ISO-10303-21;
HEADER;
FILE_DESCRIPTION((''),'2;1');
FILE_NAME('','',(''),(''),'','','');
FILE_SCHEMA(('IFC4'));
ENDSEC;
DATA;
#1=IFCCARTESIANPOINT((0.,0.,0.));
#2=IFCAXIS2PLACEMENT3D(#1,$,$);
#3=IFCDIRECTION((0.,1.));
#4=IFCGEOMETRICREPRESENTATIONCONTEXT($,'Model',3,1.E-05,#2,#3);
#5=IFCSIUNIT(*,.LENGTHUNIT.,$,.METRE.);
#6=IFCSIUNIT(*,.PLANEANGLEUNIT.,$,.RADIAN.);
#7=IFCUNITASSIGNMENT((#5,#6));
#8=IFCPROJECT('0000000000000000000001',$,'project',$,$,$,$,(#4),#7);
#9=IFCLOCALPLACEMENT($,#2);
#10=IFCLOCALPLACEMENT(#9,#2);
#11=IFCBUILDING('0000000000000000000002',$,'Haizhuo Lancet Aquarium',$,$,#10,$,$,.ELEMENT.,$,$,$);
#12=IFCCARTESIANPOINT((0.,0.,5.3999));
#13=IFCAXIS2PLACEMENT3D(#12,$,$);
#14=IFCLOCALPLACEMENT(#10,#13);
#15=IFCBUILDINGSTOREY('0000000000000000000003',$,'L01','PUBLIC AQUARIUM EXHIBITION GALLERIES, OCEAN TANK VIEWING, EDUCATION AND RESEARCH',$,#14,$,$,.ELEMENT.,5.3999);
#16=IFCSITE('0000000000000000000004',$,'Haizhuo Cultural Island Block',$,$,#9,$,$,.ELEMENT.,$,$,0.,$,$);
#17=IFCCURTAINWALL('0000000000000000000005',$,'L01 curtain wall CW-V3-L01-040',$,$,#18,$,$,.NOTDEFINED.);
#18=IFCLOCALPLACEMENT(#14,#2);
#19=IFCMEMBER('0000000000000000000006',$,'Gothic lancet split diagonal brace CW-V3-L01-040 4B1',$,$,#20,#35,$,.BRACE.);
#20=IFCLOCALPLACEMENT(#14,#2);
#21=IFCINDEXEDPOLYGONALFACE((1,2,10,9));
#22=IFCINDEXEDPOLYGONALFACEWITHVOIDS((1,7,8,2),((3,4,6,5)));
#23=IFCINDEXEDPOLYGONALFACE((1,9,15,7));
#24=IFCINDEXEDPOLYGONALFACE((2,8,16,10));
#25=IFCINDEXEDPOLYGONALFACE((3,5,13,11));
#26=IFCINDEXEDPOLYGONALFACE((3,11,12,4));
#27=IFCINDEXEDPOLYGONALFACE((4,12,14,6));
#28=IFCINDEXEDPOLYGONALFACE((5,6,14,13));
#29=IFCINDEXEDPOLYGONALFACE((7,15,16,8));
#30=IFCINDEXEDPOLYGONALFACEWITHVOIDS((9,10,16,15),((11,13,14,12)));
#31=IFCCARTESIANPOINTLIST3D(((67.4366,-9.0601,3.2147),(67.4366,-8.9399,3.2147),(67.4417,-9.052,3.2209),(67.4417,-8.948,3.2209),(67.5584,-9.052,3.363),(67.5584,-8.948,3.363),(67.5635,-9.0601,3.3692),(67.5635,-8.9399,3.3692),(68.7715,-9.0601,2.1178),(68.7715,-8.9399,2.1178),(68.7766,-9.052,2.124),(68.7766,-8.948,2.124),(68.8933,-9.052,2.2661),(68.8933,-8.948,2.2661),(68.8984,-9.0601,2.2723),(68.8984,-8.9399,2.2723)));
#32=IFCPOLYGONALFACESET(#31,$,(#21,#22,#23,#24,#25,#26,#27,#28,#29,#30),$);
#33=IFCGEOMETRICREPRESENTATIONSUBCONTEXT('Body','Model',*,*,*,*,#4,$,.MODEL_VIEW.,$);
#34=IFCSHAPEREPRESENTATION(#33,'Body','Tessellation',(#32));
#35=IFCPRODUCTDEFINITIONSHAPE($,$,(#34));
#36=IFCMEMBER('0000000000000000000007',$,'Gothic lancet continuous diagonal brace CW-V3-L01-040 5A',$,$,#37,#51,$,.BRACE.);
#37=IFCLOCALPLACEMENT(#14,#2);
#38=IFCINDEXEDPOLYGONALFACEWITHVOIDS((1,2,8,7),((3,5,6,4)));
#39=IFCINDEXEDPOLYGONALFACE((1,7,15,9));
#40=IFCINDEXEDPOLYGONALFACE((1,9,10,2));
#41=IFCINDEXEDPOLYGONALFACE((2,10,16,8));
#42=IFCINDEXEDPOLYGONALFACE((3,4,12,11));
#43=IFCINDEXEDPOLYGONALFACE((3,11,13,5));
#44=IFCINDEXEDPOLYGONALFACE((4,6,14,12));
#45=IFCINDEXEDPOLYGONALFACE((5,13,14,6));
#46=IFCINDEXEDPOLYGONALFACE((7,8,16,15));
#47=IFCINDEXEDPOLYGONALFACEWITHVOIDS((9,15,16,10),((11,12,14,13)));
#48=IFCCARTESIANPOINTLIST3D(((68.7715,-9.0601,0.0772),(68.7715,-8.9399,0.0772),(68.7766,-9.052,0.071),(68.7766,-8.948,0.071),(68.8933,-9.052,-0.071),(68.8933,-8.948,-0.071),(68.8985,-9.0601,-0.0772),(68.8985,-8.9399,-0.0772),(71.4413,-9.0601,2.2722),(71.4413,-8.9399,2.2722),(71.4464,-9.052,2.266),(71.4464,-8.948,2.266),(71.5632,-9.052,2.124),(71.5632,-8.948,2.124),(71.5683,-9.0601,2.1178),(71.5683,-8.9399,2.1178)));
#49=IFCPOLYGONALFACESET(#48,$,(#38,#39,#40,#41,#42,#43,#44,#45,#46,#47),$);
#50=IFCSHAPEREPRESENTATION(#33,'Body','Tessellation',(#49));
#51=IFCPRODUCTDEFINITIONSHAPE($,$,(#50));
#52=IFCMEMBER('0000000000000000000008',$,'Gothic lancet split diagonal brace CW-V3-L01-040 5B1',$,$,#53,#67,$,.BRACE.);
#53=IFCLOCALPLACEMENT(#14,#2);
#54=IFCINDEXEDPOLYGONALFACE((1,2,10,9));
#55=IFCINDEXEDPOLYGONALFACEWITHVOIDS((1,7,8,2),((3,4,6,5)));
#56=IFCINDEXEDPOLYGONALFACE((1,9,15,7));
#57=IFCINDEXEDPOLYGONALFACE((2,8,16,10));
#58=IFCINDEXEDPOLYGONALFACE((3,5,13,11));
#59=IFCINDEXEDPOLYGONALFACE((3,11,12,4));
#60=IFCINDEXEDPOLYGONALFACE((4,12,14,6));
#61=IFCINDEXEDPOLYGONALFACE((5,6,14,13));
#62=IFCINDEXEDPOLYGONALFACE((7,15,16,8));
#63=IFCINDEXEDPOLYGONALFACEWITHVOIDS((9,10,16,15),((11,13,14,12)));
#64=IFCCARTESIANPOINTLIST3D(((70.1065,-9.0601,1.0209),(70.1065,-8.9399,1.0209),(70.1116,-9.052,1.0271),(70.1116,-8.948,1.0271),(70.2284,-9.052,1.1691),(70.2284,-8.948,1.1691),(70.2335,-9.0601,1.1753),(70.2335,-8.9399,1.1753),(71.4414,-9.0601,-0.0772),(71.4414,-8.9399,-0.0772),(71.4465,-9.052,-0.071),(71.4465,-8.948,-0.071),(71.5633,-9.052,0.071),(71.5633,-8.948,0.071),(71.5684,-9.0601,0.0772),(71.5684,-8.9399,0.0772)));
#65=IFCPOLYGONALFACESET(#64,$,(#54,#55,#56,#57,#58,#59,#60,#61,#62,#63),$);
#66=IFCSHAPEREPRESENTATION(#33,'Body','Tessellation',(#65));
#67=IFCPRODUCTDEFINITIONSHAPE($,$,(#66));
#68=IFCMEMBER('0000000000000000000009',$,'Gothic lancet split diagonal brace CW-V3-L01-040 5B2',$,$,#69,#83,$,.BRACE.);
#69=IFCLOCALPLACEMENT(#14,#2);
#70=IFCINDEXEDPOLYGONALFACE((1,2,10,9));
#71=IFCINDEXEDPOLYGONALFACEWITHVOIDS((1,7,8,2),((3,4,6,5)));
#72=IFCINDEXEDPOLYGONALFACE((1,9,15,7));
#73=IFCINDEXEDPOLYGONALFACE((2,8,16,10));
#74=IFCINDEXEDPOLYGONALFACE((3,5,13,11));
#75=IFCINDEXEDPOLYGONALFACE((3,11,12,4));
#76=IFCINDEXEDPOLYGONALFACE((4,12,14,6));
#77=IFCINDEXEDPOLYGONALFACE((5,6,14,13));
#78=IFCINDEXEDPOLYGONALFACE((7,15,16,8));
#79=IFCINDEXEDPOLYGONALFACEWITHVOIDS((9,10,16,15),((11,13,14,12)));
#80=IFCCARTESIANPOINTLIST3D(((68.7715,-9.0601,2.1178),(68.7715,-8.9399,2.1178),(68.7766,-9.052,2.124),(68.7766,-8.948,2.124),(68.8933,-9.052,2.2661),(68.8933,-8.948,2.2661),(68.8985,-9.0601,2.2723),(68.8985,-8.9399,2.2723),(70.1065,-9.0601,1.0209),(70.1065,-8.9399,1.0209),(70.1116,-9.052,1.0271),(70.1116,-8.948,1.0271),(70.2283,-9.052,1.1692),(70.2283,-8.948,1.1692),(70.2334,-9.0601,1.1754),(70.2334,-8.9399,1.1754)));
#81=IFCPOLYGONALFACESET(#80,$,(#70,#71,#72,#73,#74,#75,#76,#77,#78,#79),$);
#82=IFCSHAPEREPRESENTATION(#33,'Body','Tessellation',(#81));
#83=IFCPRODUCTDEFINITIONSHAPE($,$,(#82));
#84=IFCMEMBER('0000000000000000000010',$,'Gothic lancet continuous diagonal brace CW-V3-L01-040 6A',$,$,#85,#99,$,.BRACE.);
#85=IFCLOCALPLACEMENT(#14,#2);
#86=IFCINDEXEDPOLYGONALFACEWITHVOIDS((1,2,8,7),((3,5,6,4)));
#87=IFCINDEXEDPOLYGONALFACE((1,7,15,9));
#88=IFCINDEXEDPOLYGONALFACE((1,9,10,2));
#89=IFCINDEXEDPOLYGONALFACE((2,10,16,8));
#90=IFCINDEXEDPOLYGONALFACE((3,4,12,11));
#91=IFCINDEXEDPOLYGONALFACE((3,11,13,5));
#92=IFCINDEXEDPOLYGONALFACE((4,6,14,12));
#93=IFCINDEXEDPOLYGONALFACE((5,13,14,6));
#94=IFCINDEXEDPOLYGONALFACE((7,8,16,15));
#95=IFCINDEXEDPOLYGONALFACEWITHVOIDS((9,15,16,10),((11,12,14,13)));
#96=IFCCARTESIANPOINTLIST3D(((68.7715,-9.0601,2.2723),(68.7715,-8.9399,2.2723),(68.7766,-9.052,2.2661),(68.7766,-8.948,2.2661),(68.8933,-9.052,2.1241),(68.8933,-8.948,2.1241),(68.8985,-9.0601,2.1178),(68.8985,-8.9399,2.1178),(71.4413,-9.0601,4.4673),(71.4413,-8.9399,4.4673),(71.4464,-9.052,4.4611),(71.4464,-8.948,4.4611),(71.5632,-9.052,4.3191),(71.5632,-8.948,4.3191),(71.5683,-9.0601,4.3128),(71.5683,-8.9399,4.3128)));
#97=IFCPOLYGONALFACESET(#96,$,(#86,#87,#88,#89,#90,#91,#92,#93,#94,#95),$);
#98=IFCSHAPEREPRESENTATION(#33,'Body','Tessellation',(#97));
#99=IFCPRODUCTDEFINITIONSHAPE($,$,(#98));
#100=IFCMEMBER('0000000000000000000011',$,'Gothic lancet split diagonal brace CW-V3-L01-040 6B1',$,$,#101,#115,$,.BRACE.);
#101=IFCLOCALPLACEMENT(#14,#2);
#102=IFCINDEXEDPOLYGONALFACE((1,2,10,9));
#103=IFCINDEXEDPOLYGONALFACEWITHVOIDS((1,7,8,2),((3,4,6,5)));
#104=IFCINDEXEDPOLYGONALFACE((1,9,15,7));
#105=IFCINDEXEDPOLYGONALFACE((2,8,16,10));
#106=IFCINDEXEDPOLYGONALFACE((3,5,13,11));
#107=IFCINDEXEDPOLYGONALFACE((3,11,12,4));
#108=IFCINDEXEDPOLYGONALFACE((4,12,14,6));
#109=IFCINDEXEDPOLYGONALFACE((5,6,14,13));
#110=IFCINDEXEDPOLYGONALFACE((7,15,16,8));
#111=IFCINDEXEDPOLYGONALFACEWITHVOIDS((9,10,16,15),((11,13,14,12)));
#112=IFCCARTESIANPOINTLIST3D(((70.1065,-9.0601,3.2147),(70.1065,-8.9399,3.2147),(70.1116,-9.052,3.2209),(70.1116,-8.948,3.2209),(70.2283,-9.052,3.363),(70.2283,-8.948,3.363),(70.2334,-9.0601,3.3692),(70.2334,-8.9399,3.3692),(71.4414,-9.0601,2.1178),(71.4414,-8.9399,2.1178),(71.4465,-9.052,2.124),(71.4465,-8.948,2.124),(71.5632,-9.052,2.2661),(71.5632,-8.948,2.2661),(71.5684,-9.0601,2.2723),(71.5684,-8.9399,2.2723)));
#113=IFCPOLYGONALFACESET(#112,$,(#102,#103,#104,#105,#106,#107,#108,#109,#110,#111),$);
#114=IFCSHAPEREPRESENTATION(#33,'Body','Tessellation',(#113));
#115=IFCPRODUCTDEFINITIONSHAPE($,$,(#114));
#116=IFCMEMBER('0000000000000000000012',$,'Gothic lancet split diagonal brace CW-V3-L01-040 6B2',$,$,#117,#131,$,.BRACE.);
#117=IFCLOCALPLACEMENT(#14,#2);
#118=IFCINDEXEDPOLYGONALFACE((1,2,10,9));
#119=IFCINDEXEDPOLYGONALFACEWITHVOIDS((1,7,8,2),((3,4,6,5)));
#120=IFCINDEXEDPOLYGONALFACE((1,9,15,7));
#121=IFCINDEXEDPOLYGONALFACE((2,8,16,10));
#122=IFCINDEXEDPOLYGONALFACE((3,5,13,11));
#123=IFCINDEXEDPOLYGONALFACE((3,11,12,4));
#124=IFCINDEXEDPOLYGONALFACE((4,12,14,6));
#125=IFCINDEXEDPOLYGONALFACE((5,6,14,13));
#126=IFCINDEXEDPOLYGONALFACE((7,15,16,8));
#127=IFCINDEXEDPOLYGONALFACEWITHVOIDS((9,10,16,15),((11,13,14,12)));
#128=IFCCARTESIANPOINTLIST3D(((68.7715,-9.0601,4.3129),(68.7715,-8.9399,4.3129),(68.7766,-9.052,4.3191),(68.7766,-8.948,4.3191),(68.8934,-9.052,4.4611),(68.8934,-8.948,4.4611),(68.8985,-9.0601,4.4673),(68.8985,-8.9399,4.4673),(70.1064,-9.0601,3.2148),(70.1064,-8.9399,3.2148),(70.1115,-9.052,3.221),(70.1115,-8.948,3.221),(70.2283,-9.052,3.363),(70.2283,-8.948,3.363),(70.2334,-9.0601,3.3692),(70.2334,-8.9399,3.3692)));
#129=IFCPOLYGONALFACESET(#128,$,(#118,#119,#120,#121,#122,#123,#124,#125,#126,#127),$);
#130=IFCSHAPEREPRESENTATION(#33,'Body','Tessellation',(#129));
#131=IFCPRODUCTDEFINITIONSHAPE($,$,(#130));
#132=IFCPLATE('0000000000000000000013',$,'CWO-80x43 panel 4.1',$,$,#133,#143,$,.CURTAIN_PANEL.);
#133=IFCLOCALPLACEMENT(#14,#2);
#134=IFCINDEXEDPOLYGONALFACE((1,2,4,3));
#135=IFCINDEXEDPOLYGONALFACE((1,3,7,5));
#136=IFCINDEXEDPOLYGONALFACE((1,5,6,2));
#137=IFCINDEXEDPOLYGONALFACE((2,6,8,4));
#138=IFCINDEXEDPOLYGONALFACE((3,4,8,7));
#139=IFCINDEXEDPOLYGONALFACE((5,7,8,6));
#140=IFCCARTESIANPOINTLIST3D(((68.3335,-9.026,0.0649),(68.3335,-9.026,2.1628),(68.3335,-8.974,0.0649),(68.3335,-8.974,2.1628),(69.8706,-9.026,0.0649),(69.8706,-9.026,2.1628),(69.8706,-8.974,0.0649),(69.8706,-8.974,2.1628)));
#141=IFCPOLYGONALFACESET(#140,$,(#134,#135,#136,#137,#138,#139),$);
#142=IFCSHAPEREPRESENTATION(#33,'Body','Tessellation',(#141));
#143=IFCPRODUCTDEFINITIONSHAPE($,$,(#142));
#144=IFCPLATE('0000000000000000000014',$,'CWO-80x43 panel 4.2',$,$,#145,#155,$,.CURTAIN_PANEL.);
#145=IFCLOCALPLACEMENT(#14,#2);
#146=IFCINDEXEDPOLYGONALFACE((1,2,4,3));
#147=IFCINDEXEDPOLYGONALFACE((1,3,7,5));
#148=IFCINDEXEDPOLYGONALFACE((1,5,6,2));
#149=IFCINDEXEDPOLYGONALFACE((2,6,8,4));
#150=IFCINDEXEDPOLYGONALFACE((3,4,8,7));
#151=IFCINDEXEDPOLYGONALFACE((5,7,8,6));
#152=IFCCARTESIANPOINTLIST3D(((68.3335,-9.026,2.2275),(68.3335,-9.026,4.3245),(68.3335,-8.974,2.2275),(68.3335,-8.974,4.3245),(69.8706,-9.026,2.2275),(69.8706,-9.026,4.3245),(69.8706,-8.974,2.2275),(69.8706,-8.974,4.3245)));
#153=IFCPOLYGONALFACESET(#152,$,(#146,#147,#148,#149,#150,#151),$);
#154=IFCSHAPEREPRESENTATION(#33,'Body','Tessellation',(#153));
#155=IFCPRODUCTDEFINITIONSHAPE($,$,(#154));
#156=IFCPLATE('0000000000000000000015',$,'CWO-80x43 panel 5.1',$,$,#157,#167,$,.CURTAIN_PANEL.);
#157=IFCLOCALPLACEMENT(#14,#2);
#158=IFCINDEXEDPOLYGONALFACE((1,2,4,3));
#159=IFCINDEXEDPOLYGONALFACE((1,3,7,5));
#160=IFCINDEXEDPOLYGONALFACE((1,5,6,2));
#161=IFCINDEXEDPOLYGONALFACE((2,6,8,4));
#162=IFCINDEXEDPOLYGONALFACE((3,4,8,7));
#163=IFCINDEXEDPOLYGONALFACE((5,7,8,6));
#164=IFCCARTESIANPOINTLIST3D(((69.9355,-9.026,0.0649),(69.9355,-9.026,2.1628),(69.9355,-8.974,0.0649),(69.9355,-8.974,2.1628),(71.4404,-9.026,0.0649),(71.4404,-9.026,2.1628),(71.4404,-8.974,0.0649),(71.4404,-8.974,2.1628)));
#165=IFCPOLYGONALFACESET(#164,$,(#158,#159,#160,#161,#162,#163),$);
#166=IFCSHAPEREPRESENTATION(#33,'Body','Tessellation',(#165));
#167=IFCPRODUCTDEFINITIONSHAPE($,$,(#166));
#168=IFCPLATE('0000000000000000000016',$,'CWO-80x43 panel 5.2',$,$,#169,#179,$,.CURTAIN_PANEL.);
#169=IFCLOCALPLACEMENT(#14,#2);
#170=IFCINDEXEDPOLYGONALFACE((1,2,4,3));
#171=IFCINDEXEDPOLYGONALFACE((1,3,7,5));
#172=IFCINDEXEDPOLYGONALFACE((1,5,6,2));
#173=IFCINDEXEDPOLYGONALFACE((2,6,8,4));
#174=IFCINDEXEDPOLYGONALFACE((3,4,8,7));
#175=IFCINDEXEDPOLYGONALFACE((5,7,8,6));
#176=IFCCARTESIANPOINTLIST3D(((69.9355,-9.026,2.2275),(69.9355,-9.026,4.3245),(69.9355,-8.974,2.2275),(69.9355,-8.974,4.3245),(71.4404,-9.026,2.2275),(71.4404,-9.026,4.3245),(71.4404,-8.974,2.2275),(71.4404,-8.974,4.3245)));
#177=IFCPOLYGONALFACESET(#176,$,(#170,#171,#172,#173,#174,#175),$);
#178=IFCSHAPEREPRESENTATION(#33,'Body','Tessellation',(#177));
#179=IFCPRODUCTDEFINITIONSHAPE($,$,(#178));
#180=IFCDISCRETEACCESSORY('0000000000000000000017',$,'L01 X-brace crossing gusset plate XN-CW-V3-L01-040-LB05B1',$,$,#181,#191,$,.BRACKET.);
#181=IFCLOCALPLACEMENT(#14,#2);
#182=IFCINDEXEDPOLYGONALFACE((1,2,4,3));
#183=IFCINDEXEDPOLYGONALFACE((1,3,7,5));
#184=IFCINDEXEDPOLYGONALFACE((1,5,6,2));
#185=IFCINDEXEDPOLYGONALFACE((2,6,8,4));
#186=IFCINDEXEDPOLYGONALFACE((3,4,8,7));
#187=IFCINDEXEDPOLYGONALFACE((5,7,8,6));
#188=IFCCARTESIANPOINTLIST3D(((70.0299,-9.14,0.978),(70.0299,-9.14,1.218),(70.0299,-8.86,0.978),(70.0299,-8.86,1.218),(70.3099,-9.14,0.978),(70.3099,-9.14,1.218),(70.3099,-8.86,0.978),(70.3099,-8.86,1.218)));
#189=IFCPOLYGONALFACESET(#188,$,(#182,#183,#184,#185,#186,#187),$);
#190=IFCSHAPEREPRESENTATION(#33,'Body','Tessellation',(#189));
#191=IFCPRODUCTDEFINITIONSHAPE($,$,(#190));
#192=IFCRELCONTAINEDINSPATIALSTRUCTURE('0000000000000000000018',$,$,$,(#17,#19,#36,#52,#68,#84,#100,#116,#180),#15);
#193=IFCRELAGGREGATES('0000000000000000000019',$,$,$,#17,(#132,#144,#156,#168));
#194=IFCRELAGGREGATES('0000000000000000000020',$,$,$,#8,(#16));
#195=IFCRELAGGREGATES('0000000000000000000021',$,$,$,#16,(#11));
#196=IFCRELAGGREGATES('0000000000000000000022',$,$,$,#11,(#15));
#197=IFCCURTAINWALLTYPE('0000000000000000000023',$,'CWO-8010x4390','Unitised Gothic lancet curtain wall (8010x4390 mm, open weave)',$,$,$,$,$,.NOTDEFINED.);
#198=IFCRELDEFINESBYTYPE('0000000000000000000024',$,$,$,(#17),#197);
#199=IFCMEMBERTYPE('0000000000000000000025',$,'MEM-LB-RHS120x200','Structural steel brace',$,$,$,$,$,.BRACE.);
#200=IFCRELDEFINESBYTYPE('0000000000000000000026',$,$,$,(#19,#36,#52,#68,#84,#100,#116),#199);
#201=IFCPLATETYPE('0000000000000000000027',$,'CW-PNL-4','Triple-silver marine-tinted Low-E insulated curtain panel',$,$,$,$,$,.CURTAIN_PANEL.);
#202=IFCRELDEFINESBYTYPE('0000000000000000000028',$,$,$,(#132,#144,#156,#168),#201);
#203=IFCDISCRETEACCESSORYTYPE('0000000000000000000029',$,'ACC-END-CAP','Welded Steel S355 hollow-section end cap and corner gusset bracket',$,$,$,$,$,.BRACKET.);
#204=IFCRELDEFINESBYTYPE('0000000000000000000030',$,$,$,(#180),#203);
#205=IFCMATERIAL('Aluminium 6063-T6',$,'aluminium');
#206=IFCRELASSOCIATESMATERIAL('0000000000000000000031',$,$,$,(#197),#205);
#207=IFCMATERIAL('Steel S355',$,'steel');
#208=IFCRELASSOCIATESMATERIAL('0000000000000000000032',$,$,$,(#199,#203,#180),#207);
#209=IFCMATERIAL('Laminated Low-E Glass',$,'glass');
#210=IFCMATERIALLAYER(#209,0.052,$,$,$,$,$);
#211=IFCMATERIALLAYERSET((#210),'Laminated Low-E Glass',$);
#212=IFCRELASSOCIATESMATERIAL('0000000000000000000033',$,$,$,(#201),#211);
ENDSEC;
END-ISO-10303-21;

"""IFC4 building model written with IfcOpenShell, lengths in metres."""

from ifc_helpers import new_model, si_unit, direction, frame, origin, origin_2d, place, context, subcontext, project, spatial, rectangle, hollow_rectangle, extrude, material, layer, layer_set, material_profile, profile_set, type_object, element, aggregate, save


model = new_model("IFC4")

# Units and contexts
model_context = context("Model", 3, precision=1e-05, world=origin(), true_north=direction((0.0, 1.0)))
body_context = subcontext(model_context, "Body", "Model", "MODEL_VIEW")
ifc_project = project(units=[si_unit("LENGTHUNIT", "METRE"), si_unit("PLANEANGLEUNIT", "RADIAN")], contexts=[model_context])

# Site, building, storey
site_placement = place(None, origin())
site = spatial("IfcSite", under=ifc_project, at=site_placement, Name="Haizhuo Cultural Island Block", CompositionType="ELEMENT", RefElevation=0.0)
building_placement = place(site_placement, origin())
building = spatial("IfcBuilding", under=site, at=building_placement, Name="Haizhuo Lancet Aquarium", CompositionType="ELEMENT")
storey_placement = place(building_placement, frame((0.0, 0.0, 5.3999)))
storey = spatial("IfcBuildingStorey", under=building, at=storey_placement, Name="L01", Description="PUBLIC AQUARIUM EXHIBITION GALLERIES, OCEAN TANK VIEWING, EDUCATION AND RESEARCH", CompositionType="ELEMENT", Elevation=5.3999)

# Curtain wall
ifc_material_1 = material(Name="Aluminium 6063-T6", Category="aluminium")
curtain_wall_type = type_object("IfcCurtainWallType", Name="CWO-8010x4390", Description="Unitised Gothic lancet curtain wall (8010x4390 mm, open weave)", PredefinedType="NOTDEFINED", material=ifc_material_1)
curtain_wall_placement = place(storey_placement, origin())
curtain_wall = element("IfcCurtainWall", 1, at=curtain_wall_placement, inside=storey, type_object=curtain_wall_type, Name="L01 curtain wall CW-V3-L01-040", PredefinedType="NOTDEFINED")

# Members
ifc_material_2 = material(Name="Steel S355", Category="steel")
ifc_material_profile_1 = material_profile(ifc_material_2, hollow_rectangle(XDim=0.1201, YDim=0.2, WallThickness=0.0081, at=origin_2d()), Name="RHS 120x200x8")
ifc_profile_set_1 = profile_set([ifc_material_profile_1], Name="Steel S355")
member_type_1 = type_object("IfcMemberType", Name="MEM-LB-RHS120x200", Description="Structural steel brace", PredefinedType="BRACE", material=ifc_profile_set_1)
member_1_placement = place(storey_placement, frame((68.835, -9.0, 2.1951), z_axis=(-0.772627, 0.0, 0.63486), x_axis=(0.0, -1.0, 0.0)))
element("IfcMember", 2, at=member_1_placement, inside=storey, type_object=member_type_1, Name="Gothic lancet split diagonal brace CW-V3-L01-040 4B1", PredefinedType="BRACE", context=body_context, shape_type="SweptSolid", body=[
    extrude(hollow_rectangle(XDim=0.1201, YDim=0.2, WallThickness=0.0081, at=origin_2d()), origin(), (0.0, 0.0, 1.0), 1.7278),
])
member_2_placement = place(storey_placement, frame((68.835, -9.0, 0.0), z_axis=(0.772454, 0.0, 0.635071), x_axis=(0.0, 1.0, 0.0)))
element("IfcMember", 3, at=member_2_placement, inside=storey, type_object=member_type_1, Name="Gothic lancet continuous diagonal brace CW-V3-L01-040 5A", PredefinedType="BRACE", context=body_context, shape_type="SweptSolid", body=[
    extrude(hollow_rectangle(XDim=0.1201, YDim=0.2, WallThickness=0.0081, at=origin_2d()), origin(), (0.0, 0.0, 1.0), 3.4563),
])
member_3_placement = place(storey_placement, frame((71.5049, -9.0, 0.0), z_axis=(-0.772281, 0.0, 0.635281), x_axis=(0.0, -1.0, 0.0)))
element("IfcMember", 4, at=member_3_placement, inside=storey, type_object=member_type_1, Name="Gothic lancet split diagonal brace CW-V3-L01-040 5B1", PredefinedType="BRACE", context=body_context, shape_type="SweptSolid", body=[
    extrude(hollow_rectangle(XDim=0.1201, YDim=0.2, WallThickness=0.0081, at=origin_2d()), origin(), (0.0, 0.0, 1.0), 1.7285),
])
member_4_placement = place(storey_placement, frame((70.1699, -9.0, 1.0981), z_axis=(-0.772627, 0.0, 0.63486), x_axis=(0.0, -1.0, 0.0)))
element("IfcMember", 5, at=member_4_placement, inside=storey, type_object=member_type_1, Name="Gothic lancet split diagonal brace CW-V3-L01-040 5B2", PredefinedType="BRACE", context=body_context, shape_type="SweptSolid", body=[
    extrude(hollow_rectangle(XDim=0.1201, YDim=0.2, WallThickness=0.0081, at=origin_2d()), origin(), (0.0, 0.0, 1.0), 1.7278),
])
member_5_placement = place(storey_placement, frame((68.835, -9.0, 2.1951), z_axis=(0.772454, 0.0, 0.635071), x_axis=(0.0, 1.0, 0.0)))
element("IfcMember", 6, at=member_5_placement, inside=storey, type_object=member_type_1, Name="Gothic lancet continuous diagonal brace CW-V3-L01-040 6A", PredefinedType="BRACE", context=body_context, shape_type="SweptSolid", body=[
    extrude(hollow_rectangle(XDim=0.1201, YDim=0.2, WallThickness=0.0081, at=origin_2d()), origin(), (0.0, 0.0, 1.0), 3.4563),
])
member_6_placement = place(storey_placement, frame((71.5049, -9.0, 2.1951), z_axis=(-0.772627, 0.0, 0.63486), x_axis=(0.0, -1.0, 0.0)))
element("IfcMember", 7, at=member_6_placement, inside=storey, type_object=member_type_1, Name="Gothic lancet split diagonal brace CW-V3-L01-040 6B1", PredefinedType="BRACE", context=body_context, shape_type="SweptSolid", body=[
    extrude(hollow_rectangle(XDim=0.1201, YDim=0.2, WallThickness=0.0081, at=origin_2d()), origin(), (0.0, 0.0, 1.0), 1.7278),
])
member_7_placement = place(storey_placement, frame((70.1699, -9.0, 3.292), z_axis=(-0.772281, 0.0, 0.635281), x_axis=(0.0, -1.0, 0.0)))
element("IfcMember", 8, at=member_7_placement, inside=storey, type_object=member_type_1, Name="Gothic lancet split diagonal brace CW-V3-L01-040 6B2", PredefinedType="BRACE", context=body_context, shape_type="SweptSolid", body=[
    extrude(hollow_rectangle(XDim=0.1201, YDim=0.2, WallThickness=0.0081, at=origin_2d()), origin(), (0.0, 0.0, 1.0), 1.7285),
])

# Plates
ifc_material_3 = material(Name="Laminated Low-E Glass", Category="glass")
ifc_layer = layer(ifc_material_3, 0.052)
ifc_layer_set = layer_set([ifc_layer], Name="Laminated Low-E Glass")
plate_type = type_object("IfcPlateType", Name="CW-PNL-4", Description="Triple-silver marine-tinted Low-E insulated curtain panel", PredefinedType="CURTAIN_PANEL", material=ifc_layer_set)
plate_1_placement = place(storey_placement, frame((69.1021, -9.0, 0.0649), z_axis=(0.0, 0.0, 1.0), x_axis=(1.0, 0.0, 0.0)))
plate_1 = element("IfcPlate", 9, at=plate_1_placement, type_object=plate_type, Name="CWO-80x43 panel 4.1", PredefinedType="CURTAIN_PANEL", context=body_context, shape_type="SweptSolid", body=[
    extrude(rectangle(XDim=1.5371, YDim=0.052, at=origin_2d()), origin(), (0.0, 0.0, 1.0), 2.0979),
])
plate_2_placement = place(storey_placement, frame((69.1021, -9.0, 2.2275), z_axis=(0.0, 0.0, 1.0), x_axis=(1.0, 0.0, 0.0)))
plate_2 = element("IfcPlate", 10, at=plate_2_placement, type_object=plate_type, Name="CWO-80x43 panel 4.2", PredefinedType="CURTAIN_PANEL", context=body_context, shape_type="SweptSolid", body=[
    extrude(rectangle(XDim=1.5371, YDim=0.052, at=origin_2d()), origin(), (0.0, 0.0, 1.0), 2.0969),
])
plate_3_placement = place(storey_placement, frame((70.688, -9.0, 0.0649), z_axis=(0.0, 0.0, 1.0), x_axis=(1.0, 0.0, 0.0)))
plate_3 = element("IfcPlate", 11, at=plate_3_placement, type_object=plate_type, Name="CWO-80x43 panel 5.1", PredefinedType="CURTAIN_PANEL", context=body_context, shape_type="SweptSolid", body=[
    extrude(rectangle(XDim=1.5049, YDim=0.052, at=origin_2d()), origin(), (0.0, 0.0, 1.0), 2.0979),
])
plate_4_placement = place(storey_placement, frame((70.688, -9.0, 2.2275), z_axis=(0.0, 0.0, 1.0), x_axis=(1.0, 0.0, 0.0)))
plate_4 = element("IfcPlate", 12, at=plate_4_placement, type_object=plate_type, Name="CWO-80x43 panel 5.2", PredefinedType="CURTAIN_PANEL", context=body_context, shape_type="SweptSolid", body=[
    extrude(rectangle(XDim=1.5049, YDim=0.052, at=origin_2d()), origin(), (0.0, 0.0, 1.0), 2.0969),
])
aggregate(curtain_wall, [plate_1, plate_2, plate_3, plate_4])

# Discrete accessory
discrete_accessory_type = type_object("IfcDiscreteAccessoryType", Name="ACC-END-CAP", Description="Welded Steel S355 hollow-section end cap and corner gusset bracket", PredefinedType="BRACKET", material=ifc_material_2)
for number, where, z_axis, x_axis, name in (
    (13, (70.1699, -9.0, 0.978), (0.0, 0.0, 1.0), (1.0, 0.0, 0.0), "L01 X-brace crossing gusset plate XN-CW-V3-L01-040-LB05B1"),
):
    element("IfcDiscreteAccessory", number, at=place(storey_placement, frame(where, z_axis=z_axis, x_axis=x_axis)), inside=storey, type_object=discrete_accessory_type, material=ifc_material_2, Name=name, PredefinedType="BRACKET", context=body_context, shape_type="SweptSolid", body=[
        extrude(rectangle(XDim=0.28, YDim=0.28, at=origin_2d()), origin(), (0.0, 0.0, 1.0), 0.24),
    ])

save(model, "model.ifc")
